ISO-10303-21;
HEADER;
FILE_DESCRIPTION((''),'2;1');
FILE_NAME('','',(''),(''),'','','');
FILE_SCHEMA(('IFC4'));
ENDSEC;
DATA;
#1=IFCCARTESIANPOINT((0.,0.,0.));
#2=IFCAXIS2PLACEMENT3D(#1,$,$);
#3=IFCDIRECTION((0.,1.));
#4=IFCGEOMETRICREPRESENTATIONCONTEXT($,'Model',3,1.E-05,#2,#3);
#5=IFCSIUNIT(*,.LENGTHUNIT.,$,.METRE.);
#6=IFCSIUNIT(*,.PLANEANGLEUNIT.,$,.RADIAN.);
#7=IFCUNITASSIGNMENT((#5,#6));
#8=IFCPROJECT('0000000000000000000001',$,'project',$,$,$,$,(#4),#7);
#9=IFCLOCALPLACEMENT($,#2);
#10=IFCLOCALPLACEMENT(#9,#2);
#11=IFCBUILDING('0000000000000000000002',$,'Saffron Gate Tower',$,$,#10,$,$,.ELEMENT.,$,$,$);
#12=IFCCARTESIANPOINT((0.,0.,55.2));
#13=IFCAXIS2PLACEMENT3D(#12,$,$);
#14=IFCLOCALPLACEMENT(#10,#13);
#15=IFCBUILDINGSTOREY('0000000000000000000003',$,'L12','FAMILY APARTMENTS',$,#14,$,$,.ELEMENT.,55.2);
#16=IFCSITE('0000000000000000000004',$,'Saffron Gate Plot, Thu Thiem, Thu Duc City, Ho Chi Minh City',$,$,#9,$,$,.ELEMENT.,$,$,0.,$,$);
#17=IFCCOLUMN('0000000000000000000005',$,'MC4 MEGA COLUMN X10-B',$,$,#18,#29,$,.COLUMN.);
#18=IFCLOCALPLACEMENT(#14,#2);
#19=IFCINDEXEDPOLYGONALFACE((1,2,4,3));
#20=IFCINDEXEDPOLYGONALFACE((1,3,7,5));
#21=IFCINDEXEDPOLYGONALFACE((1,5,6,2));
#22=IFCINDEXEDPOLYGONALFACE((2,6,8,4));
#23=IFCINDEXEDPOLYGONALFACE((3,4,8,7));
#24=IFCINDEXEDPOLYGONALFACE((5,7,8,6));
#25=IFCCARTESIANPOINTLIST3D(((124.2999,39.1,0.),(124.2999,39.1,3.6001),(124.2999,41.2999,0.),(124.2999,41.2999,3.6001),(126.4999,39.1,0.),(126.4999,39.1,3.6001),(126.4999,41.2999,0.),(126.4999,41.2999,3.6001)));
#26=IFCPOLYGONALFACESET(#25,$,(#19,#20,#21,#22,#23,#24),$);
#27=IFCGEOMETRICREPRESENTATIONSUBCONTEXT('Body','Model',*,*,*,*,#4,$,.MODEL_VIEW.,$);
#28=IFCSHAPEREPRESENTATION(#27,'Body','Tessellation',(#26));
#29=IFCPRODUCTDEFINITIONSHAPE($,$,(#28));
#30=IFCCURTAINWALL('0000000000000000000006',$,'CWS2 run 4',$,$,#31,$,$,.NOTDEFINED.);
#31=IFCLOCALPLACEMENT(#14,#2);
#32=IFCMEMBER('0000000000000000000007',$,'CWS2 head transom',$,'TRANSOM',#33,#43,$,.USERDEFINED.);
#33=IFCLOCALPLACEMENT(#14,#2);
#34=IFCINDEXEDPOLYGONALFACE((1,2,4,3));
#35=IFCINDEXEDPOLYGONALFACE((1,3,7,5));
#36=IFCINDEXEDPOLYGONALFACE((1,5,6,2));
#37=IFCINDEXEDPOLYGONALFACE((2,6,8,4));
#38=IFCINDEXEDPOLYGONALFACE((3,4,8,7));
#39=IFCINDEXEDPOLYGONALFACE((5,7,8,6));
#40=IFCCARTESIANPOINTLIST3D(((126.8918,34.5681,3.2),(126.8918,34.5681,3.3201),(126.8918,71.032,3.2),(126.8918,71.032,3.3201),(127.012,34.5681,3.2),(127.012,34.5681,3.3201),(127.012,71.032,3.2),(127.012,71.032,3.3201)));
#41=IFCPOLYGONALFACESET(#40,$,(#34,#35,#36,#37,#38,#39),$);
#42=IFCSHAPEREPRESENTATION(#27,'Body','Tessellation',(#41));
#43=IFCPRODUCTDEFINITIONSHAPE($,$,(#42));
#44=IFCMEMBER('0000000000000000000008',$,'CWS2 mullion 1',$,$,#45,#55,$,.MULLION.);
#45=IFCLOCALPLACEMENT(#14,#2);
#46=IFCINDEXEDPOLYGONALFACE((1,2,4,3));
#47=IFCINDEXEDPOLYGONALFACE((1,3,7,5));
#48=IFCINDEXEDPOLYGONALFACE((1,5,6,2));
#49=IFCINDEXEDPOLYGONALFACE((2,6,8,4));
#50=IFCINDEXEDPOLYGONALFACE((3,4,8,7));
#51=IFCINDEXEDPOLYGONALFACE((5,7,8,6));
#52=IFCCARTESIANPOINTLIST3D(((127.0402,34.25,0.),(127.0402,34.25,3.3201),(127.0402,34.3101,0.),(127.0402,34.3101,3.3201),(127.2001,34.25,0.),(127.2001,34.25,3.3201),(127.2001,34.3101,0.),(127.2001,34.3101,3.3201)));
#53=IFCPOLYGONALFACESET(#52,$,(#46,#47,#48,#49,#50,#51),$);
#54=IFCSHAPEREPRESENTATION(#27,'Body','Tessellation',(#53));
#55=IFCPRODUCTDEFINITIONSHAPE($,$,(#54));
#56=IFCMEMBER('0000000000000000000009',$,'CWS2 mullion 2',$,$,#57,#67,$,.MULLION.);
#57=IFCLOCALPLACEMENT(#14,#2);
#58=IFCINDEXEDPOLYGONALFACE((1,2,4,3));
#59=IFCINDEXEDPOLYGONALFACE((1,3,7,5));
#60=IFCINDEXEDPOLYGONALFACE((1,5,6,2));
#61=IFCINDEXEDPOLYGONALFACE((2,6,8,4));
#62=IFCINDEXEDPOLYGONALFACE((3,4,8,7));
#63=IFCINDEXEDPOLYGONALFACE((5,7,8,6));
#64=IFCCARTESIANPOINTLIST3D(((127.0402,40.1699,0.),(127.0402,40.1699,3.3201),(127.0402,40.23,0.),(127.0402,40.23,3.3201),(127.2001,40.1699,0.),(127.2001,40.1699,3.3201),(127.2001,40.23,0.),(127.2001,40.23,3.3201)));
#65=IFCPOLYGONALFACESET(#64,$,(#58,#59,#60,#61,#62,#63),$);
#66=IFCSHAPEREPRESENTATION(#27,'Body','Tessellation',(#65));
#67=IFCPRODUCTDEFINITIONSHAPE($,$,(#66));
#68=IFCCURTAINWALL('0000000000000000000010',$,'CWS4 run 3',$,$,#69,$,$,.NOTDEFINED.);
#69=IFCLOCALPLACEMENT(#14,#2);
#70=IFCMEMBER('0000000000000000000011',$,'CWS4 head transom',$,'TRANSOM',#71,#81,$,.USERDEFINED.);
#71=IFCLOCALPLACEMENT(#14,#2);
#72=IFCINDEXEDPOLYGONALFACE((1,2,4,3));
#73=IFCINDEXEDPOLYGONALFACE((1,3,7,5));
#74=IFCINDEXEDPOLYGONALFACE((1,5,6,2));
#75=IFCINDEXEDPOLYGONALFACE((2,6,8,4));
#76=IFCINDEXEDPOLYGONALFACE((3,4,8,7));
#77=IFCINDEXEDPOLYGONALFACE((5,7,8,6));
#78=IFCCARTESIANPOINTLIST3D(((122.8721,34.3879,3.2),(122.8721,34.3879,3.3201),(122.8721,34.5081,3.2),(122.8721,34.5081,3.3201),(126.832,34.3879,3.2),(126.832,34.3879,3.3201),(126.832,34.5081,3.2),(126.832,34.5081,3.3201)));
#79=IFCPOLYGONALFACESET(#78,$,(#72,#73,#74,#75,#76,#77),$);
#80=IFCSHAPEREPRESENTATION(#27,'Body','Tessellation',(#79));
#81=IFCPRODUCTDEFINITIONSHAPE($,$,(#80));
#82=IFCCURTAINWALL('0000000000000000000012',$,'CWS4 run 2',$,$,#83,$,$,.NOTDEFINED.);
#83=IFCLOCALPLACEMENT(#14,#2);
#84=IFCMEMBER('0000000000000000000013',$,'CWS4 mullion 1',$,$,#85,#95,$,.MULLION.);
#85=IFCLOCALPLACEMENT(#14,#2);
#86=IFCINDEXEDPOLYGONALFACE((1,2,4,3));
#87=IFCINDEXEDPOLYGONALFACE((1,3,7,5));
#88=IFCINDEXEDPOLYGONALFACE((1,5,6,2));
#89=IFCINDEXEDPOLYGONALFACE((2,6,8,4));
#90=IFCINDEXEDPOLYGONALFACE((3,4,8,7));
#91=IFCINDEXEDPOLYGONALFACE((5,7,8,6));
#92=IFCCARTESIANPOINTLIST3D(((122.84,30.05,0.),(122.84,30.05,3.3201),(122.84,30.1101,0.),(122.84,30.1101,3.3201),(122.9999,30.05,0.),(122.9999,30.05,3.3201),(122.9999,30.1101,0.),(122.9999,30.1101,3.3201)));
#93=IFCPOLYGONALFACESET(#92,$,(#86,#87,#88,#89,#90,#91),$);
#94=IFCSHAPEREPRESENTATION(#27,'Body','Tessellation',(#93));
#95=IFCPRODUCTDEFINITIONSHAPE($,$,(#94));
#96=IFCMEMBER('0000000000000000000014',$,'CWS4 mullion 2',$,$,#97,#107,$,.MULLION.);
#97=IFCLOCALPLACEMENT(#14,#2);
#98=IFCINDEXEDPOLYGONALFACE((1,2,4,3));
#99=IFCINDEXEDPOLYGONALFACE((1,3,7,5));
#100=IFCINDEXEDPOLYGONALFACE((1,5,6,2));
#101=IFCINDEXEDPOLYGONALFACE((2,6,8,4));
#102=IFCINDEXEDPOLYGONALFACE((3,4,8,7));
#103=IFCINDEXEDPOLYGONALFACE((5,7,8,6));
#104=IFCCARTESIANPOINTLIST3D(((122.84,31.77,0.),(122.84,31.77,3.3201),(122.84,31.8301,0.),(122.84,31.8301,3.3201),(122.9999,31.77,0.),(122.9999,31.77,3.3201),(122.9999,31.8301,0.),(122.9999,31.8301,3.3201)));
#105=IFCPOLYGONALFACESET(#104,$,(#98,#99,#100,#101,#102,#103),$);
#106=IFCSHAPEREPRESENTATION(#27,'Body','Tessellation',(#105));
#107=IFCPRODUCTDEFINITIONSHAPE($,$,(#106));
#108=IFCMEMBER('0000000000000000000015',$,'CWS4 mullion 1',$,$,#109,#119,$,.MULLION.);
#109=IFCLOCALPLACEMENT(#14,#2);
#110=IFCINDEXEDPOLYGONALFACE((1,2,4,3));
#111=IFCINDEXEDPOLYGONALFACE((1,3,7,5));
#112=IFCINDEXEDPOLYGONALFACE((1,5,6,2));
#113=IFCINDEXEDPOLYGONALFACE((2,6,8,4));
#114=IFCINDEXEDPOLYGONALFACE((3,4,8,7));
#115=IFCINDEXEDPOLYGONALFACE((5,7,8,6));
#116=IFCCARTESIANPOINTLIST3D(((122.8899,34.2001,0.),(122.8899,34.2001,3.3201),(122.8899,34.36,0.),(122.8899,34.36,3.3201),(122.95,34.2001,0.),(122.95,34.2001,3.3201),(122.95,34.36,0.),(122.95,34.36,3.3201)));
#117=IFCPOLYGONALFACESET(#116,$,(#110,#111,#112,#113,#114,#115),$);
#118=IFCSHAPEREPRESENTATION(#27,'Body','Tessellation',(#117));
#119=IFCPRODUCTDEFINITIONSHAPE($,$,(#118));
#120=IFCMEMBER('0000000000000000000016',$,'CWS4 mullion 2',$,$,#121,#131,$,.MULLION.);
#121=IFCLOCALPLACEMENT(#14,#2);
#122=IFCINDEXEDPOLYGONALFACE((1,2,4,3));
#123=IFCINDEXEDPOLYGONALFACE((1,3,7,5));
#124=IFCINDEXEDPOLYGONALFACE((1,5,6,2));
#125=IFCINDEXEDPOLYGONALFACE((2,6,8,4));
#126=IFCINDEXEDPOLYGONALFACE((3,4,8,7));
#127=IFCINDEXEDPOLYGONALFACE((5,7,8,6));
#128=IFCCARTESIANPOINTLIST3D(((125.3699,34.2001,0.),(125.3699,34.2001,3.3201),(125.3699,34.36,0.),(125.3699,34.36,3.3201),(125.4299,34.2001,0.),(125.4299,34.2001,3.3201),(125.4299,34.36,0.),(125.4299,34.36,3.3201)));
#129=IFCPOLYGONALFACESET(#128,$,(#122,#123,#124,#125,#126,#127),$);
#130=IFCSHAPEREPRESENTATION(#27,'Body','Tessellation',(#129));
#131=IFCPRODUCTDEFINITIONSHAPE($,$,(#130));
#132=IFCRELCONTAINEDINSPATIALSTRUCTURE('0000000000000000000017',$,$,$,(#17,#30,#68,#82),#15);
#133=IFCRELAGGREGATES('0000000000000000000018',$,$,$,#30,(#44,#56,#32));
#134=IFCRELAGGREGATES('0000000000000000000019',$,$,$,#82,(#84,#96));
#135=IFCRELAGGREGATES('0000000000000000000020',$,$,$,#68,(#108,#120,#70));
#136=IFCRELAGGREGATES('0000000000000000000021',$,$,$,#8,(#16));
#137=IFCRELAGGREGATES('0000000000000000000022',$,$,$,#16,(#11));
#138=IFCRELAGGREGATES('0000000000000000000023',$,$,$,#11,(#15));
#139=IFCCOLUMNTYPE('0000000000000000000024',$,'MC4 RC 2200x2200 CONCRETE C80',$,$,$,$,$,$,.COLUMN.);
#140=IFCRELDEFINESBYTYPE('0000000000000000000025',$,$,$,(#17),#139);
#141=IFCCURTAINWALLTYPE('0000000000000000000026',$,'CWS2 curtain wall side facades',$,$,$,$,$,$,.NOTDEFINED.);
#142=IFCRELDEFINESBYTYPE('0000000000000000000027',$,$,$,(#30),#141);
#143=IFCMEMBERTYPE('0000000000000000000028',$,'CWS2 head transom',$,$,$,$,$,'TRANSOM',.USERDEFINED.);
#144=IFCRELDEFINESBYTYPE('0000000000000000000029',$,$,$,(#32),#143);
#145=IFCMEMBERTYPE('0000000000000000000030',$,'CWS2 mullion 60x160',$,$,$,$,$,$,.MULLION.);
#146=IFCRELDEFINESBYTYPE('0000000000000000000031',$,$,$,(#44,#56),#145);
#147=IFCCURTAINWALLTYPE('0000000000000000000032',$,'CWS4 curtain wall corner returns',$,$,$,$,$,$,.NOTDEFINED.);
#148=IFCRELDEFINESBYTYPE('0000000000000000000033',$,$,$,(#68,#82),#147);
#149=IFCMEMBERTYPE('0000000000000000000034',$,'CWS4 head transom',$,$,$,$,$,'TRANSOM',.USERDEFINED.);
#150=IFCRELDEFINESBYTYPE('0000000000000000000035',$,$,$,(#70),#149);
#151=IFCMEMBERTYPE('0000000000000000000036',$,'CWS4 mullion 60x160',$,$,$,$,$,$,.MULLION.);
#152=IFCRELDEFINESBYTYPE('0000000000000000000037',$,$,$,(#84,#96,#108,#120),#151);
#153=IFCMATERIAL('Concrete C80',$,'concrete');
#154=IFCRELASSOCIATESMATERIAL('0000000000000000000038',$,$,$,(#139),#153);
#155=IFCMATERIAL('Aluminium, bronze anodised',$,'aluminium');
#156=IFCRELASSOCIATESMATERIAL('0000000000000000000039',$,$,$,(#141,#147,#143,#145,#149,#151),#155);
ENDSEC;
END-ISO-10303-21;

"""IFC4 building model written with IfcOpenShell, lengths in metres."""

from ifc_helpers import new_model, si_unit, direction, frame, origin, origin_2d, place, context, subcontext, project, spatial, rectangle, extrude, material, material_profile, profile_set, type_object, element, aggregate, save


model = new_model("IFC4")

# Units and contexts
model_context = context("Model", 3, precision=1e-05, world=origin(), true_north=direction((0.0, 1.0)))
body_context = subcontext(model_context, "Body", "Model", "MODEL_VIEW")
ifc_project = project(units=[si_unit("LENGTHUNIT", "METRE"), si_unit("PLANEANGLEUNIT", "RADIAN")], contexts=[model_context])

# Site, building, storey
site_placement = place(None, origin())
site = spatial("IfcSite", under=ifc_project, at=site_placement, Name="Saffron Gate Plot, Thu Thiem, Thu Duc City, Ho Chi Minh City", CompositionType="ELEMENT", RefElevation=0.0)
building_placement = place(site_placement, origin())
building = spatial("IfcBuilding", under=site, at=building_placement, Name="Saffron Gate Tower", CompositionType="ELEMENT")
storey_placement = place(building_placement, frame((0.0, 0.0, 55.2)))
storey = spatial("IfcBuildingStorey", under=building, at=storey_placement, Name="L12", Description="FAMILY APARTMENTS", CompositionType="ELEMENT", Elevation=55.2)

# Column
ifc_material_1 = material(Name="Concrete C80", Category="concrete")
ifc_material_profile_1 = material_profile(ifc_material_1, rectangle(XDim=2.2, YDim=2.2, at=origin_2d()))
ifc_profile_set_1 = profile_set([ifc_material_profile_1], Name="Concrete C80")
column_type = type_object("IfcColumnType", Name="MC4 RC 2200x2200 CONCRETE C80", PredefinedType="COLUMN", material=ifc_profile_set_1)
column_placement = place(storey_placement, frame((125.3999, 40.2, 0.0), z_axis=(0.0, 0.0, 1.0), x_axis=(1.0, 0.0, 0.0)))
element("IfcColumn", 1, at=column_placement, inside=storey, type_object=column_type, Name="MC4 MEGA COLUMN X10-B", PredefinedType="COLUMN", context=body_context, shape_type="SweptSolid", body=[
    extrude(rectangle(XDim=2.2, YDim=2.2, at=origin_2d()), origin(), (0.0, 0.0, 1.0), 3.6001),
])

# Curtain wall, members
ifc_material_2 = material(Name="Aluminium, bronze anodised", Category="aluminium")
curtain_wall_type_1 = type_object("IfcCurtainWallType", Name="CWS2 curtain wall side facades", PredefinedType="NOTDEFINED", material=ifc_material_2)
curtain_wall_1_placement = place(storey_placement, origin())
curtain_wall_1 = element("IfcCurtainWall", 2, at=curtain_wall_1_placement, inside=storey, type_object=curtain_wall_type_1, Name="CWS2 run 4", PredefinedType="NOTDEFINED")
ifc_material_profile_2 = material_profile(ifc_material_2, rectangle(XDim=0.1201, YDim=0.1201, at=origin_2d()))
ifc_profile_set_2 = profile_set([ifc_material_profile_2], Name="Aluminium, bronze anodised")
member_type_1 = type_object("IfcMemberType", Name="CWS2 head transom", ElementType="TRANSOM", PredefinedType="USERDEFINED", material=ifc_profile_set_2)
member_1_placement = place(storey_placement, frame((126.9519, 34.5681, 3.26), z_axis=(0.0, 1.0, 0.0), x_axis=(-1.0, 0.0, 0.0)))
member_1 = element("IfcMember", 3, at=member_1_placement, type_object=member_type_1, Name="CWS2 head transom", ObjectType="TRANSOM", PredefinedType="USERDEFINED", context=body_context, shape_type="SweptSolid", body=[
    extrude(rectangle(XDim=0.1201, YDim=0.1201, at=origin_2d()), origin(), (0.0, 0.0, 1.0), 36.4639),
])
ifc_material_profile_3 = material_profile(ifc_material_2, rectangle(XDim=0.1599, YDim=0.0601, at=origin_2d()))
ifc_profile_set_3 = profile_set([ifc_material_profile_3], Name="Aluminium, bronze anodised")
member_type_2 = type_object("IfcMemberType", Name="CWS2 mullion 60x160", PredefinedType="MULLION", material=ifc_profile_set_3)
member_2_placement = place(storey_placement, frame((127.1201, 34.28, 0.0), z_axis=(0.0, 0.0, 1.0), x_axis=(-1.0, 0.0, 0.0)))
member_2 = element("IfcMember", 4, at=member_2_placement, type_object=member_type_2, Name="CWS2 mullion 1", PredefinedType="MULLION", context=body_context, shape_type="SweptSolid", body=[
    extrude(rectangle(XDim=0.1599, YDim=0.0601, at=origin_2d()), origin(), (0.0, 0.0, 1.0), 3.3201),
])
member_3_placement = place(storey_placement, frame((127.1201, 40.2, 0.0), z_axis=(0.0, 0.0, 1.0), x_axis=(-1.0, 0.0, 0.0)))
member_3 = element("IfcMember", 5, at=member_3_placement, type_object=member_type_2, Name="CWS2 mullion 2", PredefinedType="MULLION", context=body_context, shape_type="SweptSolid", body=[
    extrude(rectangle(XDim=0.1599, YDim=0.0601, at=origin_2d()), origin(), (0.0, 0.0, 1.0), 3.3201),
])

# Curtain wall, member
curtain_wall_type_2 = type_object("IfcCurtainWallType", Name="CWS4 curtain wall corner returns", PredefinedType="NOTDEFINED", material=ifc_material_2)
curtain_wall_2_placement = place(storey_placement, origin())
curtain_wall_2 = element("IfcCurtainWall", 6, at=curtain_wall_2_placement, inside=storey, type_object=curtain_wall_type_2, Name="CWS4 run 3", PredefinedType="NOTDEFINED")
ifc_material_profile_4 = material_profile(ifc_material_2, rectangle(XDim=0.1201, YDim=0.1201, at=origin_2d()))
ifc_profile_set_4 = profile_set([ifc_material_profile_4], Name="Aluminium, bronze anodised")
member_type_3 = type_object("IfcMemberType", Name="CWS4 head transom", ElementType="TRANSOM", PredefinedType="USERDEFINED", material=ifc_profile_set_4)
member_4_placement = place(storey_placement, frame((122.8721, 34.448, 3.26), z_axis=(1.0, 0.0, 0.0), x_axis=(0.0, 1.0, 0.0)))
member_4 = element("IfcMember", 7, at=member_4_placement, type_object=member_type_3, Name="CWS4 head transom", ObjectType="TRANSOM", PredefinedType="USERDEFINED", context=body_context, shape_type="SweptSolid", body=[
    extrude(rectangle(XDim=0.1201, YDim=0.1201, at=origin_2d()), origin(), (0.0, 0.0, 1.0), 3.96),
])

# Curtain wall, members
curtain_wall_3_placement = place(storey_placement, origin())
curtain_wall_3 = element("IfcCurtainWall", 8, at=curtain_wall_3_placement, inside=storey, type_object=curtain_wall_type_2, Name="CWS4 run 2", PredefinedType="NOTDEFINED")
ifc_material_profile_5 = material_profile(ifc_material_2, rectangle(XDim=0.1599, YDim=0.0601, at=origin_2d()))
ifc_profile_set_5 = profile_set([ifc_material_profile_5], Name="Aluminium, bronze anodised")
member_type_4 = type_object("IfcMemberType", Name="CWS4 mullion 60x160", PredefinedType="MULLION", material=ifc_profile_set_5)
member_5_placement = place(storey_placement, frame((122.9199, 30.0801, 0.0), z_axis=(0.0, 0.0, 1.0), x_axis=(-1.0, 0.0, 0.0)))
member_5 = element("IfcMember", 9, at=member_5_placement, type_object=member_type_4, Name="CWS4 mullion 1", PredefinedType="MULLION", context=body_context, shape_type="SweptSolid", body=[
    extrude(rectangle(XDim=0.1599, YDim=0.0601, at=origin_2d()), origin(), (0.0, 0.0, 1.0), 3.3201),
])
member_6_placement = place(storey_placement, frame((122.9199, 31.8, 0.0), z_axis=(0.0, 0.0, 1.0), x_axis=(-1.0, 0.0, 0.0)))
member_6 = element("IfcMember", 10, at=member_6_placement, type_object=member_type_4, Name="CWS4 mullion 2", PredefinedType="MULLION", context=body_context, shape_type="SweptSolid", body=[
    extrude(rectangle(XDim=0.1599, YDim=0.0601, at=origin_2d()), origin(), (0.0, 0.0, 1.0), 3.3201),
])

# Members
member_7_placement = place(storey_placement, frame((122.9199, 34.28, 0.0), z_axis=(0.0, 0.0, 1.0), x_axis=(0.0, 1.0, 0.0)))
member_7 = element("IfcMember", 11, at=member_7_placement, type_object=member_type_4, Name="CWS4 mullion 1", PredefinedType="MULLION", context=body_context, shape_type="SweptSolid", body=[
    extrude(rectangle(XDim=0.1599, YDim=0.0601, at=origin_2d()), origin(), (0.0, 0.0, 1.0), 3.3201),
])
member_8_placement = place(storey_placement, frame((125.3999, 34.28, 0.0), z_axis=(0.0, 0.0, 1.0), x_axis=(0.0, 1.0, 0.0)))
member_8 = element("IfcMember", 12, at=member_8_placement, type_object=member_type_4, Name="CWS4 mullion 2", PredefinedType="MULLION", context=body_context, shape_type="SweptSolid", body=[
    extrude(rectangle(XDim=0.1599, YDim=0.0601, at=origin_2d()), origin(), (0.0, 0.0, 1.0), 3.3201),
])

aggregate(curtain_wall_1, [member_2, member_3, member_1])

aggregate(curtain_wall_3, [member_5, member_6])
aggregate(curtain_wall_2, [member_7, member_8, member_4])

save(model, "model.ifc")
